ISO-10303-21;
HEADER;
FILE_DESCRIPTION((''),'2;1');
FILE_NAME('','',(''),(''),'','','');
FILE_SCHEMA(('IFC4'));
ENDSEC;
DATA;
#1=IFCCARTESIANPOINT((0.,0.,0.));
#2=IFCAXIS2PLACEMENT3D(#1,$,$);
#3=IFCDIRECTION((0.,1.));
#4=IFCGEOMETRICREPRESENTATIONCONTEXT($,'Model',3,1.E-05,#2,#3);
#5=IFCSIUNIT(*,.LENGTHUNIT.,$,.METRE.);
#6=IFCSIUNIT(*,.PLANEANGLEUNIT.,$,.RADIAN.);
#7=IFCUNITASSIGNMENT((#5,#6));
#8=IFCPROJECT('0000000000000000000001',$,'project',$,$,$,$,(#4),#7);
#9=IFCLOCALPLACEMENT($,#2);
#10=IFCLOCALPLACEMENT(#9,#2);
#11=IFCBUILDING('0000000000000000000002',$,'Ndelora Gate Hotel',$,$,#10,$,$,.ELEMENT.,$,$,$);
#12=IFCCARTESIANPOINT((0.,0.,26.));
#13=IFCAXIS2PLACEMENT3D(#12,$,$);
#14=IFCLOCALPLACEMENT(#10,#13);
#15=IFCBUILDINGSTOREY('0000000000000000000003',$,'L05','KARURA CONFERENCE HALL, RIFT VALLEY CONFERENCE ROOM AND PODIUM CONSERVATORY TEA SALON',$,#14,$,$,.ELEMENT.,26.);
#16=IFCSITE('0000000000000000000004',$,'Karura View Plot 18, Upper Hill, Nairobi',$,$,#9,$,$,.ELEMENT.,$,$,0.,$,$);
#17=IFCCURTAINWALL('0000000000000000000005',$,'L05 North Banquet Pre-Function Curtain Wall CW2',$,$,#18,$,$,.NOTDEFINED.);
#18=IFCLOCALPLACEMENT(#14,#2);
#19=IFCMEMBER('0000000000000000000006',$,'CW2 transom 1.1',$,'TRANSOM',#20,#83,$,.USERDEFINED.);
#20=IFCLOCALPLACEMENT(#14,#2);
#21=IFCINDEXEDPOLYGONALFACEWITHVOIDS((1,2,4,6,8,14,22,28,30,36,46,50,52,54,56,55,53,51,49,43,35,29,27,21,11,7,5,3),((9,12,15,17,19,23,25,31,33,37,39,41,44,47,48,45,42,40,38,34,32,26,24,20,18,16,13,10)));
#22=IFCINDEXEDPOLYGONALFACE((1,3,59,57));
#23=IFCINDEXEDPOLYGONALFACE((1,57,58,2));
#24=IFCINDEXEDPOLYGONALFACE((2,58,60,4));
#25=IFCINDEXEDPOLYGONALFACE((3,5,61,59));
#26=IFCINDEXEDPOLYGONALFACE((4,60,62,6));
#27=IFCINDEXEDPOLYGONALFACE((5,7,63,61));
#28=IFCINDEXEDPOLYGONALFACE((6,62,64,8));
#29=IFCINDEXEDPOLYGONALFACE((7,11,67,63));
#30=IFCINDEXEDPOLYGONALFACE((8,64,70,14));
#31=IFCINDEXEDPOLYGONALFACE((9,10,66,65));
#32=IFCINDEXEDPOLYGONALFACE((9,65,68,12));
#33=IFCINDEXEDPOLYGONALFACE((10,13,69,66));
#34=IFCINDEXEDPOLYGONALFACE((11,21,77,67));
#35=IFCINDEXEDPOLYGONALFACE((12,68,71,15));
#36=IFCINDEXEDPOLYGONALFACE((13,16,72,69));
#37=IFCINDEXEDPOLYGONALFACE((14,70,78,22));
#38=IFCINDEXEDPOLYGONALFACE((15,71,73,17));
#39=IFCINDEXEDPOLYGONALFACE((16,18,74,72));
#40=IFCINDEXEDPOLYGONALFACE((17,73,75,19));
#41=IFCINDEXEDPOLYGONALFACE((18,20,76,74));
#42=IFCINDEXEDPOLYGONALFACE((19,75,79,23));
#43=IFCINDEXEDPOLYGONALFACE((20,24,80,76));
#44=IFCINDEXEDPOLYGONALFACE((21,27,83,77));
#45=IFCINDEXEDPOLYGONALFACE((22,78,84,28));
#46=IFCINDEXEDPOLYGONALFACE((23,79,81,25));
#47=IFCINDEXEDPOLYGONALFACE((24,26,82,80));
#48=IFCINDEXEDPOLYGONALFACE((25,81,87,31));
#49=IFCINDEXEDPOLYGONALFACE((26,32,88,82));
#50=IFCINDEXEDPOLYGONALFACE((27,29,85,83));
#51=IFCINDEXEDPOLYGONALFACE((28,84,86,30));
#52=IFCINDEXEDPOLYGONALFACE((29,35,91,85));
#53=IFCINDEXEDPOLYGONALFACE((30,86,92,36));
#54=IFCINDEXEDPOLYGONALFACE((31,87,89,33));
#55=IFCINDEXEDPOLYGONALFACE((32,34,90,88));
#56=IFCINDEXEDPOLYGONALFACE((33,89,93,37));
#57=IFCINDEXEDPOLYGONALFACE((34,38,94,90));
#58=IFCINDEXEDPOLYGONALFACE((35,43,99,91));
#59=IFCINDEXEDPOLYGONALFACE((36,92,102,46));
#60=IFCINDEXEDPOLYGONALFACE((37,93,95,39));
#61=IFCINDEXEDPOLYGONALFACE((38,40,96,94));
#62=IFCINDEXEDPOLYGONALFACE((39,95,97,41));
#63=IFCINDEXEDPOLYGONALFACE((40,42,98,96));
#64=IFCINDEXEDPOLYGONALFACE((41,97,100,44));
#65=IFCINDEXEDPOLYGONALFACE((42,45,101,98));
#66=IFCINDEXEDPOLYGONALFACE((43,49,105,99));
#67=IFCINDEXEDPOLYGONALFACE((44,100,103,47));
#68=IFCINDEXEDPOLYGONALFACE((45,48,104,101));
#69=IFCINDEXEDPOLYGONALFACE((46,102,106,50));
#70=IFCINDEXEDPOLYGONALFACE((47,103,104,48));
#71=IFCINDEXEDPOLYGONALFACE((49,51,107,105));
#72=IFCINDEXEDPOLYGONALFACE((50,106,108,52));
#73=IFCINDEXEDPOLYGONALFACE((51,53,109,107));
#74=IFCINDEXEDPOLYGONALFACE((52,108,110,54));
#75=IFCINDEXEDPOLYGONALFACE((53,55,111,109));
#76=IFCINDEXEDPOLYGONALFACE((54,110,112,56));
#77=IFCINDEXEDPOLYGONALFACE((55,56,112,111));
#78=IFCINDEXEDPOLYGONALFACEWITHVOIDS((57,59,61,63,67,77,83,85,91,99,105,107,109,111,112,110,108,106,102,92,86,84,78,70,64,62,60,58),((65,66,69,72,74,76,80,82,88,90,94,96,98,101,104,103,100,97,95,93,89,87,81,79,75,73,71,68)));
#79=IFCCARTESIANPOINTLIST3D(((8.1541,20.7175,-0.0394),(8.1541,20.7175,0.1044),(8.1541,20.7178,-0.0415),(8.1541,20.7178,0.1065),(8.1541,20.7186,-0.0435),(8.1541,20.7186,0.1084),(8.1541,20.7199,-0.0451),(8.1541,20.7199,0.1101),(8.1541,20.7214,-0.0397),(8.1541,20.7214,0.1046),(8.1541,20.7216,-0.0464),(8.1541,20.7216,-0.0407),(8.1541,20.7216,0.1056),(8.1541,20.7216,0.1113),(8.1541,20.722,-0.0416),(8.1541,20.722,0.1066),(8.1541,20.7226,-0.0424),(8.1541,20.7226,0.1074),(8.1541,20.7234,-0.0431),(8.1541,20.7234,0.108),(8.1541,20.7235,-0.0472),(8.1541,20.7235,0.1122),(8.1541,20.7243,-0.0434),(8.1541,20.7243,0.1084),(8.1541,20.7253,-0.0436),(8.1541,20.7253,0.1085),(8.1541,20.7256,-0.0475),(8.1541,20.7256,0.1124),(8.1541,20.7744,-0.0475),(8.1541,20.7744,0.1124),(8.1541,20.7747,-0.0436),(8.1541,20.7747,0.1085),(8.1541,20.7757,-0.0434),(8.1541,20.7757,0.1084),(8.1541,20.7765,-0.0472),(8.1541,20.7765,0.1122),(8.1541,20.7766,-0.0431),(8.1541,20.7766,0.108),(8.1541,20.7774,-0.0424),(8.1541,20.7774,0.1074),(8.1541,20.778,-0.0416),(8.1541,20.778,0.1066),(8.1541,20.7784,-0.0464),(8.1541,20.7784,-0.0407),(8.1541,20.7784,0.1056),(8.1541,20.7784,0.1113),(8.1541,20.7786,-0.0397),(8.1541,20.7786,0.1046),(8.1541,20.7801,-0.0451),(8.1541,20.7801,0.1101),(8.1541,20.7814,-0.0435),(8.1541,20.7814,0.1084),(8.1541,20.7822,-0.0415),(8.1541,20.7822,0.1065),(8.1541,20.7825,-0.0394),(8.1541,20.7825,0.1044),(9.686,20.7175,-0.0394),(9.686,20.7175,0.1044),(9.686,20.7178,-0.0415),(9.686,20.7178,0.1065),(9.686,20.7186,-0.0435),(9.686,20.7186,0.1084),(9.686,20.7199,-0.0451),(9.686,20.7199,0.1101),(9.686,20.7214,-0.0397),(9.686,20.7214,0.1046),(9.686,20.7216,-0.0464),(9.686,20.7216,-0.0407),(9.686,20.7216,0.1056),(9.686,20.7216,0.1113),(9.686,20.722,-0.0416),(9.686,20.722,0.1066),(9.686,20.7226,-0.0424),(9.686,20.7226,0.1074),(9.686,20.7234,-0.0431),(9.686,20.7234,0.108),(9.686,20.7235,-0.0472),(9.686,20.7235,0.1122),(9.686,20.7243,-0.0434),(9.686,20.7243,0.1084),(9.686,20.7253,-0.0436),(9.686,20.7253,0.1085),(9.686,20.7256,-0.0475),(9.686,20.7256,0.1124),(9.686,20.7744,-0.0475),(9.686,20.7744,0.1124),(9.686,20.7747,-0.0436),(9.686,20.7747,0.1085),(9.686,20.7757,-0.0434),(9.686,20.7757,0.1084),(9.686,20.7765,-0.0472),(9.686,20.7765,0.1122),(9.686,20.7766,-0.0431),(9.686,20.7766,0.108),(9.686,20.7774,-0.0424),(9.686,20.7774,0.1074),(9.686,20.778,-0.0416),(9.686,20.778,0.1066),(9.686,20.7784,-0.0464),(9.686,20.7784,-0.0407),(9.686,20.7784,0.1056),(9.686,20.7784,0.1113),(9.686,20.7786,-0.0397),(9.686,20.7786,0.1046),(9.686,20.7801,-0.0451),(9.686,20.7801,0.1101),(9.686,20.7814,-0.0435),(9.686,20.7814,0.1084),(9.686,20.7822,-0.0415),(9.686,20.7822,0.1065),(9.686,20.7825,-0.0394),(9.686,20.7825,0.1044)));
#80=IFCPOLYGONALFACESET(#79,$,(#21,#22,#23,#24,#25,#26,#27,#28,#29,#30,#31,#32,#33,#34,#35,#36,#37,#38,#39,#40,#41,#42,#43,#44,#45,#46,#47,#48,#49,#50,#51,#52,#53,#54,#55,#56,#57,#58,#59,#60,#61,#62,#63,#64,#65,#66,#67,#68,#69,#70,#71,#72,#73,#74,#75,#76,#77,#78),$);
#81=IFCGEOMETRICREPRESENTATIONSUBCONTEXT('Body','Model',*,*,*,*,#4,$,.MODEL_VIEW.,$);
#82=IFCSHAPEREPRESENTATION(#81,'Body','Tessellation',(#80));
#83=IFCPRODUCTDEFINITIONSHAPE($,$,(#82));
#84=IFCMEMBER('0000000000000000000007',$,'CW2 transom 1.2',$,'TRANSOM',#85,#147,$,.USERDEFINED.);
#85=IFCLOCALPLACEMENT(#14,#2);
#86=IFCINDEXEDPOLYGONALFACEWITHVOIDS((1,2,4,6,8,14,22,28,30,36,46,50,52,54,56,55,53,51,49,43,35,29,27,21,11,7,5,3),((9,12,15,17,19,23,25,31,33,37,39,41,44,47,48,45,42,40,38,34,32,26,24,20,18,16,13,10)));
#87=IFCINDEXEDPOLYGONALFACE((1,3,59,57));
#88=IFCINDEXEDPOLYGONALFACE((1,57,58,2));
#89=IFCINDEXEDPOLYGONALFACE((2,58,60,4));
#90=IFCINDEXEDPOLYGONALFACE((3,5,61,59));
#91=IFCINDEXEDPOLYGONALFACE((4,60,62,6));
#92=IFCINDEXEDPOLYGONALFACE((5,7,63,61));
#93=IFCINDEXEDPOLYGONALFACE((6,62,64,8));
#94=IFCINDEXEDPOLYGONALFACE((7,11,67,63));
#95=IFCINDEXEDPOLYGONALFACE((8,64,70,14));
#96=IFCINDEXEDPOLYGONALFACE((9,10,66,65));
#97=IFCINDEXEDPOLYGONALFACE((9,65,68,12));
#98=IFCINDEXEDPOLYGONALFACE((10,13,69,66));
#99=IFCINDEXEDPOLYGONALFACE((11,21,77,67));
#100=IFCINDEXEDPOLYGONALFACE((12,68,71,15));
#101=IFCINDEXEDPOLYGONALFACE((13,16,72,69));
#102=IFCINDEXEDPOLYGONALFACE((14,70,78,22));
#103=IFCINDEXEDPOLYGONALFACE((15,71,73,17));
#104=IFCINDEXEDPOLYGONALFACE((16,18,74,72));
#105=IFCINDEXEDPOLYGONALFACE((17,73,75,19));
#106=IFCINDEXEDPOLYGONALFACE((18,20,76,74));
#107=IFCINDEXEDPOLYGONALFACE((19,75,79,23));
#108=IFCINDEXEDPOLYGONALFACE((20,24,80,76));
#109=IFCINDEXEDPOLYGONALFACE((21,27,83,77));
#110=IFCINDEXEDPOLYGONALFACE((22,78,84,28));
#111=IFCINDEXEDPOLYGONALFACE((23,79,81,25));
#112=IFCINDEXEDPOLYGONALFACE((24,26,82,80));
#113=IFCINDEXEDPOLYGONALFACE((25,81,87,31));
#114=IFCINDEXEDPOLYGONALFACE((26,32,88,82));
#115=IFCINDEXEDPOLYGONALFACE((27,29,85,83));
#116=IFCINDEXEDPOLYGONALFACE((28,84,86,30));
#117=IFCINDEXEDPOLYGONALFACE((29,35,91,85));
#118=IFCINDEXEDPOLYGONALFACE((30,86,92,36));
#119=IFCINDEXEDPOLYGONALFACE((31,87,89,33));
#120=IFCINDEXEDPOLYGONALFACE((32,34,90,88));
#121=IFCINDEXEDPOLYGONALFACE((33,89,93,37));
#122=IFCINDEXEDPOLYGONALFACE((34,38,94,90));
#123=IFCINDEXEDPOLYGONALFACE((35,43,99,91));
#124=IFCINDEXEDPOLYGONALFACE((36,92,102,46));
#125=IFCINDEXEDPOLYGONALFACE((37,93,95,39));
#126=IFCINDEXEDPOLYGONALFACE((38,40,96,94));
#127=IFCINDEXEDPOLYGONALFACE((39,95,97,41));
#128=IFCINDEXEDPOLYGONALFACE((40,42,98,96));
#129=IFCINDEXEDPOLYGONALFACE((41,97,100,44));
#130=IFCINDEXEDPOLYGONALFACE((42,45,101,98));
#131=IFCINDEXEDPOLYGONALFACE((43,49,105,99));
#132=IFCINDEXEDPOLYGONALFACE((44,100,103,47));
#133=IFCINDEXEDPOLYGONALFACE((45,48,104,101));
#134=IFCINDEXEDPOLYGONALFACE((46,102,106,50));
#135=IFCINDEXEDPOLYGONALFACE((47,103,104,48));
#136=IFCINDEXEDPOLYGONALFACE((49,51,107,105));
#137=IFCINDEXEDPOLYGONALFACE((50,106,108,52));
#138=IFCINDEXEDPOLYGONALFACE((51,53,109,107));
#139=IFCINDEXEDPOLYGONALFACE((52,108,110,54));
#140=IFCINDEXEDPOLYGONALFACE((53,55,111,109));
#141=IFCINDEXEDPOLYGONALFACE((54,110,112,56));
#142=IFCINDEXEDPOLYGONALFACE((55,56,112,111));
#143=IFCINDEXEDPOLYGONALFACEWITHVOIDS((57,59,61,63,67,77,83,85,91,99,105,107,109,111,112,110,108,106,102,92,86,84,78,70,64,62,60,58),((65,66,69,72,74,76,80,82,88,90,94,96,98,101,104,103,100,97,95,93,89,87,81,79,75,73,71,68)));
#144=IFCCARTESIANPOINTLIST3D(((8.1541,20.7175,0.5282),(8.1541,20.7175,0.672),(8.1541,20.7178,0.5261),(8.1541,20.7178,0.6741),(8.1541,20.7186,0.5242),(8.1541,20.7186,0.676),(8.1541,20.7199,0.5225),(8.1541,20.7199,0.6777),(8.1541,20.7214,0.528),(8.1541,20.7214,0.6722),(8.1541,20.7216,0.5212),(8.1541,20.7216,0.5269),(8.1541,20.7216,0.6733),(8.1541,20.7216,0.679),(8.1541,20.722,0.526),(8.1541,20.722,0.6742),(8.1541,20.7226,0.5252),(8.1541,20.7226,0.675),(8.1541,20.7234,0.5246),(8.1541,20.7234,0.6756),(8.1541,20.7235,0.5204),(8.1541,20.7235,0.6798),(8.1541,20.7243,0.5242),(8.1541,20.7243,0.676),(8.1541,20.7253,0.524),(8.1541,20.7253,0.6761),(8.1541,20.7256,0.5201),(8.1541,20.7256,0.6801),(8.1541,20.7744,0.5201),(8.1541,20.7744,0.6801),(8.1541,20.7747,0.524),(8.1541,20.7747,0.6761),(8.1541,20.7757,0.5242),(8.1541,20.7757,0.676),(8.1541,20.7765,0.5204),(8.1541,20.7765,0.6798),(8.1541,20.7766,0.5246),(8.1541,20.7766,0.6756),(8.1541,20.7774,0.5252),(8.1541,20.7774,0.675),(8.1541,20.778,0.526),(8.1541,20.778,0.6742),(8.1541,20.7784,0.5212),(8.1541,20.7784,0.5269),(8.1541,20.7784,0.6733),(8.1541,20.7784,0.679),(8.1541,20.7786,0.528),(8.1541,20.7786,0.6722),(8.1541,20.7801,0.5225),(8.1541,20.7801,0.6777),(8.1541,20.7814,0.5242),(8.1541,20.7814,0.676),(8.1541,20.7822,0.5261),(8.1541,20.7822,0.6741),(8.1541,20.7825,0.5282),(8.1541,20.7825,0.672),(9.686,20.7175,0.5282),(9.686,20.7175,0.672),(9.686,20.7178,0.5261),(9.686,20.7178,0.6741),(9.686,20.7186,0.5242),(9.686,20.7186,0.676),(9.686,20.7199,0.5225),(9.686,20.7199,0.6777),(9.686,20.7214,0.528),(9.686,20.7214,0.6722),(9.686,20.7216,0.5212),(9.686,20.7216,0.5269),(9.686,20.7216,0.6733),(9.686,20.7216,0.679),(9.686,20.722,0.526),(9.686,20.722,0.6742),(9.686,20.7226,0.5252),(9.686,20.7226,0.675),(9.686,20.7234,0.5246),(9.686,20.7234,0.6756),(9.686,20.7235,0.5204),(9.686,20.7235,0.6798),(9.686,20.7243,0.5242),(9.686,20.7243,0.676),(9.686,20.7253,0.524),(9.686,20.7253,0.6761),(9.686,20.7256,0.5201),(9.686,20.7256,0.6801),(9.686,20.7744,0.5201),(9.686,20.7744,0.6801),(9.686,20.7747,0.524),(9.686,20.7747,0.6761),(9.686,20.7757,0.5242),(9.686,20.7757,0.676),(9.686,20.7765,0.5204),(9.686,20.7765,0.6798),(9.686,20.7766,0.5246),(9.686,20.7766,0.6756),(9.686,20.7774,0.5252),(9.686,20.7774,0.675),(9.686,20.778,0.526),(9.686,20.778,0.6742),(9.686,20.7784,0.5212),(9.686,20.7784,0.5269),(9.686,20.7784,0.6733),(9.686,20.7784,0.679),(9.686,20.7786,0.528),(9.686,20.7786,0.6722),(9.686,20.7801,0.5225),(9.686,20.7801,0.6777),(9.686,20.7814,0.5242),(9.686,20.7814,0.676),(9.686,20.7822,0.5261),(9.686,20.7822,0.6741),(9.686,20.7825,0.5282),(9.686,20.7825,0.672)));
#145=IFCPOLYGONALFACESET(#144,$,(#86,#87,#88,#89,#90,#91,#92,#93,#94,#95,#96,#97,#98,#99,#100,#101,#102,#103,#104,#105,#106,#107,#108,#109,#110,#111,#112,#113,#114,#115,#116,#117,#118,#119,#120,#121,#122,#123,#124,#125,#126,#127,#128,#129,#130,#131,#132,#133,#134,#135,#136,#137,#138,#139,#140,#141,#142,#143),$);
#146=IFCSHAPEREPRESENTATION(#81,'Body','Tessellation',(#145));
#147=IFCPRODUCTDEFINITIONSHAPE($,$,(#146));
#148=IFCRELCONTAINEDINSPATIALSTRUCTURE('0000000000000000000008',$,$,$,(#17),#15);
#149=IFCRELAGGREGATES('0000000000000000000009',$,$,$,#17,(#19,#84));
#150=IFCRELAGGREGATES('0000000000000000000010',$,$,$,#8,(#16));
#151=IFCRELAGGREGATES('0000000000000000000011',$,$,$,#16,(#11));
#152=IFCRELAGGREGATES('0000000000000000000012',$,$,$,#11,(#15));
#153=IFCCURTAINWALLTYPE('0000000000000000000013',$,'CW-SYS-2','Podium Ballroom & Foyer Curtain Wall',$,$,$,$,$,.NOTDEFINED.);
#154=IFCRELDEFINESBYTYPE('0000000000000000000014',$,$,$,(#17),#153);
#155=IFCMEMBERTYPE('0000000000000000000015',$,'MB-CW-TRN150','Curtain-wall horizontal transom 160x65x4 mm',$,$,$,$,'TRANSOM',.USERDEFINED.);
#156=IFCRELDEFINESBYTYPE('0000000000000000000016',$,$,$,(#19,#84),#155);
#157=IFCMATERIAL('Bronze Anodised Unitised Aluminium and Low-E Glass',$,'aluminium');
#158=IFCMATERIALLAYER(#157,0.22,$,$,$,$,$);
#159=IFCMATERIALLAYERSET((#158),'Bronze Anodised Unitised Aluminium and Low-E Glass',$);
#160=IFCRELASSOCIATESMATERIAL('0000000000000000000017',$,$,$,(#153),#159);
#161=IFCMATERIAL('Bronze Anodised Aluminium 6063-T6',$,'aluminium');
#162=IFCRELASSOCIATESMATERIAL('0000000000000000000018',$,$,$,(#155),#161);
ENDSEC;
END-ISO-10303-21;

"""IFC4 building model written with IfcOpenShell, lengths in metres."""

from ifc_helpers import new_model, si_unit, direction, frame, origin, origin_2d, place, context, subcontext, project, spatial, hollow_rectangle, extrude, material, layer, layer_set, material_profile, profile_set, type_object, element, aggregate, save


model = new_model("IFC4")

# Units and contexts
model_context = context("Model", 3, precision=1e-05, world=origin(), true_north=direction((0.0, 1.0)))
body_context = subcontext(model_context, "Body", "Model", "MODEL_VIEW")
ifc_project = project(units=[si_unit("LENGTHUNIT", "METRE"), si_unit("PLANEANGLEUNIT", "RADIAN")], contexts=[model_context])

# Site, building, storey
site_placement = place(None, origin())
site = spatial("IfcSite", under=ifc_project, at=site_placement, Name="Karura View Plot 18, Upper Hill, Nairobi", CompositionType="ELEMENT", RefElevation=0.0)
building_placement = place(site_placement, origin())
building = spatial("IfcBuilding", under=site, at=building_placement, Name="Ndelora Gate Hotel", CompositionType="ELEMENT")
storey_placement = place(building_placement, frame((0.0, 0.0, 26.0)))
storey = spatial("IfcBuildingStorey", under=building, at=storey_placement, Name="L05", Description="KARURA CONFERENCE HALL, RIFT VALLEY CONFERENCE ROOM AND PODIUM CONSERVATORY TEA SALON", CompositionType="ELEMENT", Elevation=26.0)

# Curtain wall, members
ifc_material_1 = material(Name="Bronze Anodised Unitised Aluminium and Low-E Glass", Category="aluminium")
ifc_layer_1 = layer(ifc_material_1, 0.22)
ifc_layer_set_1 = layer_set([ifc_layer_1], Name="Bronze Anodised Unitised Aluminium and Low-E Glass")
curtain_wall_type = type_object("IfcCurtainWallType", Name="CW-SYS-2", Description="Podium Ballroom & Foyer Curtain Wall", PredefinedType="NOTDEFINED", material=ifc_layer_set_1)
curtain_wall_placement = place(storey_placement, origin())
curtain_wall = element("IfcCurtainWall", 1, at=curtain_wall_placement, inside=storey, type_object=curtain_wall_type, Name="L05 North Banquet Pre-Function Curtain Wall CW2", PredefinedType="NOTDEFINED")
ifc_material_2 = material(Name="Bronze Anodised Aluminium 6063-T6", Category="aluminium")
ifc_material_profile_1 = material_profile(ifc_material_2, hollow_rectangle(XDim=0.0649, YDim=0.1599, WallThickness=0.0039, InnerFilletRadius=0.0039, OuterFilletRadius=0.0081, at=origin_2d()), Name="ALU 160x65x4")
ifc_profile_set_1 = profile_set([ifc_material_profile_1], Name="Bronze Anodised Aluminium 6063-T6")
member_type_1 = type_object("IfcMemberType", Name="MB-CW-TRN150", Description="Curtain-wall horizontal transom 160x65x4 mm", ElementType="TRANSOM", PredefinedType="USERDEFINED", material=ifc_profile_set_1)
member_1_placement = place(storey_placement, frame((9.686, 20.75, 0.0325), z_axis=(-1.0, 0.0, 0.0), x_axis=(0.0, -1.0, 0.0)))
member_1 = element("IfcMember", 2, at=member_1_placement, type_object=member_type_1, Name="CW2 transom 1.1", ObjectType="TRANSOM", PredefinedType="USERDEFINED", context=body_context, shape_type="SweptSolid", body=[
    extrude(hollow_rectangle(XDim=0.0649, YDim=0.1599, WallThickness=0.0039, InnerFilletRadius=0.0039, OuterFilletRadius=0.0081, at=origin_2d()), origin(), (0.0, 0.0, 1.0), 1.532),
])
member_2_placement = place(storey_placement, frame((9.686, 20.75, 0.6001), z_axis=(-1.0, 0.0, 0.0), x_axis=(0.0, -1.0, 0.0)))
member_2 = element("IfcMember", 3, at=member_2_placement, type_object=member_type_1, Name="CW2 transom 1.2", ObjectType="TRANSOM", PredefinedType="USERDEFINED", context=body_context, shape_type="SweptSolid", body=[
    extrude(hollow_rectangle(XDim=0.0649, YDim=0.1599, WallThickness=0.0039, InnerFilletRadius=0.0039, OuterFilletRadius=0.0081, at=origin_2d()), origin(), (0.0, 0.0, 1.0), 1.532),
])
aggregate(curtain_wall, [member_1, member_2])

save(model, "model.ifc")
